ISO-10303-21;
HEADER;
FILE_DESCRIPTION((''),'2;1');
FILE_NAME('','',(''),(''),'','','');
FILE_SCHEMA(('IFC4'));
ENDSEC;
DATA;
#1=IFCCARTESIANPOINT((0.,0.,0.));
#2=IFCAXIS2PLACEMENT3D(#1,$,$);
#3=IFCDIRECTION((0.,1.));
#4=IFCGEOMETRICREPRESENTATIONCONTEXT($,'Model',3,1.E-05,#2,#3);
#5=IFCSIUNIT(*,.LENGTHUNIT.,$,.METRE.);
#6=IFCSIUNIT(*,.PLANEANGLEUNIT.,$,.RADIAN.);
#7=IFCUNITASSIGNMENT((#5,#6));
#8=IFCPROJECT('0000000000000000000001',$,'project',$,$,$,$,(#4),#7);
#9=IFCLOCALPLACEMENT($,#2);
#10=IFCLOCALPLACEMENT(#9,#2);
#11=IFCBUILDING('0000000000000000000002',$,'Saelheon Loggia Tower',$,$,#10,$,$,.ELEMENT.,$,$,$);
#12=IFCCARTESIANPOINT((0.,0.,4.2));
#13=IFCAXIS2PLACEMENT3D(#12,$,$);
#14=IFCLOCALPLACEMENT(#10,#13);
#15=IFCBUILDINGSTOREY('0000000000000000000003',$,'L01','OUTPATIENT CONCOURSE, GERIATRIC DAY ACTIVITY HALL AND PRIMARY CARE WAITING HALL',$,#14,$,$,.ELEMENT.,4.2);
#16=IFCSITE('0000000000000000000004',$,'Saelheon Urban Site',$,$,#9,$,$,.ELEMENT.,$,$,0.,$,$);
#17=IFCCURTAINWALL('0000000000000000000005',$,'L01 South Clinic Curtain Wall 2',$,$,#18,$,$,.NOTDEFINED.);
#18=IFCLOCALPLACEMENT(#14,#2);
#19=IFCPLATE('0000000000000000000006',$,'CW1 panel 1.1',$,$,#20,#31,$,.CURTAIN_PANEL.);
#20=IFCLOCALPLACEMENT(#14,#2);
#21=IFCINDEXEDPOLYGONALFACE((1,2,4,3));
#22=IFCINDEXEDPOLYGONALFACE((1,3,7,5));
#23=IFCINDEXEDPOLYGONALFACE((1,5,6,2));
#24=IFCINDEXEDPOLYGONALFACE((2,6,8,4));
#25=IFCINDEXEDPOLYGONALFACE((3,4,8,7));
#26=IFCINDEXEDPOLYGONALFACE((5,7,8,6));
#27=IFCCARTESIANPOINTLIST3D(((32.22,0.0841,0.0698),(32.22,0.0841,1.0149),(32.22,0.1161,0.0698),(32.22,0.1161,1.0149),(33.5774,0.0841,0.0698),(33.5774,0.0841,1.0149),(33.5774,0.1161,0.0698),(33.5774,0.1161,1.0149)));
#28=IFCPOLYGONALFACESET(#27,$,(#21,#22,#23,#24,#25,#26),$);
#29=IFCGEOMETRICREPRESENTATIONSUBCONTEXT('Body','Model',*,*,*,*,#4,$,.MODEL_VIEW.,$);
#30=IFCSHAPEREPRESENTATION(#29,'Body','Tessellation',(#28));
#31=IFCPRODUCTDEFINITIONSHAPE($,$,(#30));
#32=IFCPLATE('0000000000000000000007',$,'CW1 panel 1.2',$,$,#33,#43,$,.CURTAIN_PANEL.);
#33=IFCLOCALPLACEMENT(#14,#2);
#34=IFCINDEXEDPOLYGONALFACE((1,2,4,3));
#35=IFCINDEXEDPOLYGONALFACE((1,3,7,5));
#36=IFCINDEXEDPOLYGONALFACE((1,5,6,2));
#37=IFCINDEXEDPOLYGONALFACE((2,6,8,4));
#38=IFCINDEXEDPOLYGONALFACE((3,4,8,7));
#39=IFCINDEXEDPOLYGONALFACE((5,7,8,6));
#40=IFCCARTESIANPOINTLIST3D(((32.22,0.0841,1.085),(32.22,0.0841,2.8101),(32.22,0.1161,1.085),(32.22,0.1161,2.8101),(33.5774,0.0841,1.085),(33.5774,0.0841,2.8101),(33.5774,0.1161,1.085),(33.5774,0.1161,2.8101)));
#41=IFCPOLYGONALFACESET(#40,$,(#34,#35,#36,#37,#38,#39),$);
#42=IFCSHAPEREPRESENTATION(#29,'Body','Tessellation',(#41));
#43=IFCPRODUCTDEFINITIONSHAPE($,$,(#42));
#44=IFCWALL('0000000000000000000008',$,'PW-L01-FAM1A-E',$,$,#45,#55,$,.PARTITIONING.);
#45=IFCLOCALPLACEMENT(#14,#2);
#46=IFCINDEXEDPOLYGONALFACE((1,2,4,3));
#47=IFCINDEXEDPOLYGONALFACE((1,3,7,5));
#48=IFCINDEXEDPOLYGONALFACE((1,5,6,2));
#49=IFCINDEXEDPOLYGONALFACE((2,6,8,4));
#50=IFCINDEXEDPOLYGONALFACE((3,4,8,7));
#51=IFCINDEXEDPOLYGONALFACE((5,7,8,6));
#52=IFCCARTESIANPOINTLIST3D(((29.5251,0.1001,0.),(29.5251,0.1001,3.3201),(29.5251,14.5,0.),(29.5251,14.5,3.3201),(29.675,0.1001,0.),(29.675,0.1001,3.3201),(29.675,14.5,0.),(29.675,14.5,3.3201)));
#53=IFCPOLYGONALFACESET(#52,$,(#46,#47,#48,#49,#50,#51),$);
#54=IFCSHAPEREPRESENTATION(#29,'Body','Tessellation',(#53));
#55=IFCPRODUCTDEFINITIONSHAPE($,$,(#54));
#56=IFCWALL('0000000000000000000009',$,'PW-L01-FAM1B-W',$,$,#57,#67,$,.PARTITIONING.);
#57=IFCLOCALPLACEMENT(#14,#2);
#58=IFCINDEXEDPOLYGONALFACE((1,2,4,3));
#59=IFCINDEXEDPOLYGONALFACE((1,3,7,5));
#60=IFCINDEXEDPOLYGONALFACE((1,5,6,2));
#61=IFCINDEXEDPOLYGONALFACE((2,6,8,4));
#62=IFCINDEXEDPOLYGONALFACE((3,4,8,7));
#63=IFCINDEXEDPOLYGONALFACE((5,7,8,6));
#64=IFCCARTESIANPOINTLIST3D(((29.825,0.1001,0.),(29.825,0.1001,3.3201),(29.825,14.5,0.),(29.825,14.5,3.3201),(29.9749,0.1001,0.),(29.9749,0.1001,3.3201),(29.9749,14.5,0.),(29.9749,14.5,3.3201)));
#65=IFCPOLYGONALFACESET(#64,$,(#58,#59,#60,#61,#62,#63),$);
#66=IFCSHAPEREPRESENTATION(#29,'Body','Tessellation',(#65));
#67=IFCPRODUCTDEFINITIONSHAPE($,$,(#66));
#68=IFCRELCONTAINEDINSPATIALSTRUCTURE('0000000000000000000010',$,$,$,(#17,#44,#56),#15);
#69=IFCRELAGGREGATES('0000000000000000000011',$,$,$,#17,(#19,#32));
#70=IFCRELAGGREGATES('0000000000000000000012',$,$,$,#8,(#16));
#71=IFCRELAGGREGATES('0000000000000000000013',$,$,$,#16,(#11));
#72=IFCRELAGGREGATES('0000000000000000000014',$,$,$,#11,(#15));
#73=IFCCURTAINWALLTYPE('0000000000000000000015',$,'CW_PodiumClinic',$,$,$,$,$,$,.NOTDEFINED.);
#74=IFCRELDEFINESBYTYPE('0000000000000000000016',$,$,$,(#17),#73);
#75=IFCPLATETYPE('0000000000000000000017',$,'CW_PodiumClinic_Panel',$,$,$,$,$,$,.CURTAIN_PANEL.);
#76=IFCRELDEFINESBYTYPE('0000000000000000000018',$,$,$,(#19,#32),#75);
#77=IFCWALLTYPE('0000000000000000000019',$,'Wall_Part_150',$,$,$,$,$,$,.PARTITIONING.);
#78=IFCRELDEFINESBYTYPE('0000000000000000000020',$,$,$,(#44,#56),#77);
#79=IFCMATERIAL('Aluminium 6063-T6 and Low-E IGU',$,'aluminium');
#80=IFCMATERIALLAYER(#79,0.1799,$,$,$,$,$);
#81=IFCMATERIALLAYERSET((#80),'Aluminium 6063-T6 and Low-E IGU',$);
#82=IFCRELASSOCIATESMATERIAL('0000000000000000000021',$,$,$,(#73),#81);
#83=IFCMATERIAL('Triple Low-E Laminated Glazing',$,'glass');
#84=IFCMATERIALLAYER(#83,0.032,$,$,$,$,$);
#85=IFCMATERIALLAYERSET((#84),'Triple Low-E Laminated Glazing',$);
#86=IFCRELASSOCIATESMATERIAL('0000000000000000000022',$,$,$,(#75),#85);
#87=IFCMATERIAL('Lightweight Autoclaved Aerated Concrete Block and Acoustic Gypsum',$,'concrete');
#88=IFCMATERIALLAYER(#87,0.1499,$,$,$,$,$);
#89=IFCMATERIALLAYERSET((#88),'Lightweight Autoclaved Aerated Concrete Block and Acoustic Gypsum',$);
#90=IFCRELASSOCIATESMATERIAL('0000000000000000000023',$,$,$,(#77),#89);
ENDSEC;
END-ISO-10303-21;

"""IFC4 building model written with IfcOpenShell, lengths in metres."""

from ifc_helpers import new_model, si_unit, direction, frame, frame_2d, origin, origin_2d, place, context, subcontext, project, spatial, rectangle, extrude, source, transform, mapped, material, layer, layer_set, type_object, element, aggregate, save


model = new_model("IFC4")

# Units and contexts
model_context = context("Model", 3, precision=1e-05, world=origin(), true_north=direction((0.0, 1.0)))
body_context = subcontext(model_context, "Body", "Model", "MODEL_VIEW")
ifc_project = project(units=[si_unit("LENGTHUNIT", "METRE"), si_unit("PLANEANGLEUNIT", "RADIAN")], contexts=[model_context])

# Site, building, storey
site_placement = place(None, origin())
site = spatial("IfcSite", under=ifc_project, at=site_placement, Name="Saelheon Urban Site", CompositionType="ELEMENT", RefElevation=0.0)
building_placement = place(site_placement, origin())
building = spatial("IfcBuilding", under=site, at=building_placement, Name="Saelheon Loggia Tower", CompositionType="ELEMENT")
storey_placement = place(building_placement, frame((0.0, 0.0, 4.2)))
storey = spatial("IfcBuildingStorey", under=building, at=storey_placement, Name="L01", Description="OUTPATIENT CONCOURSE, GERIATRIC DAY ACTIVITY HALL AND PRIMARY CARE WAITING HALL", CompositionType="ELEMENT", Elevation=4.2)

# Curtain wall
ifc_material_1 = material(Name="Aluminium 6063-T6 and Low-E IGU", Category="aluminium")
ifc_layer_1 = layer(ifc_material_1, 0.1799)
ifc_layer_set_1 = layer_set([ifc_layer_1], Name="Aluminium 6063-T6 and Low-E IGU")
curtain_wall_type = type_object("IfcCurtainWallType", Name="CW_PodiumClinic", PredefinedType="NOTDEFINED", material=ifc_layer_set_1)
curtain_wall_1_placement = place(storey_placement, origin())
curtain_wall_1 = element("IfcCurtainWall", 1, at=curtain_wall_1_placement, inside=storey, type_object=curtain_wall_type, Name="L01 South Clinic Curtain Wall 2", PredefinedType="NOTDEFINED")

# Plates
ifc_material_2 = material(Name="Triple Low-E Laminated Glazing", Category="glass")
ifc_layer_2 = layer(ifc_material_2, 0.032)
ifc_layer_set_2 = layer_set([ifc_layer_2], Name="Triple Low-E Laminated Glazing")
plate_type = type_object("IfcPlateType", Name="CW_PodiumClinic_Panel", PredefinedType="CURTAIN_PANEL", material=ifc_layer_set_2)
shared_shape_1 = source(origin(), body_context, "Body", "SweptSolid", [
    extrude(rectangle(XDim=1.3574, YDim=0.032, at=origin_2d()), origin(), (0.0, 0.0, 1.0), 0.9451),
])
plate_1_placement = place(storey_placement, frame((32.8987, 0.1001, 0.0698), z_axis=(0.0, 0.0, 1.0), x_axis=(1.0, 0.0, 0.0)))
plate_1 = element("IfcPlate", 2, at=plate_1_placement, type_object=plate_type, Name="CW1 panel 1.1", PredefinedType="CURTAIN_PANEL", context=body_context, shape_type="MappedRepresentation", body=[
    mapped(shared_shape_1, transform((0.0, 0.0, 0.0), scale=1.0)),
])
shared_shape_2 = source(origin(), body_context, "Body", "SweptSolid", [
    extrude(rectangle(XDim=1.3574, YDim=0.032, at=origin_2d()), origin(), (0.0, 0.0, 1.0), 1.7251),
])
plate_2_placement = place(storey_placement, frame((32.8987, 0.1001, 1.085), z_axis=(0.0, 0.0, 1.0), x_axis=(1.0, 0.0, 0.0)))
plate_2 = element("IfcPlate", 3, at=plate_2_placement, type_object=plate_type, Name="CW1 panel 1.2", PredefinedType="CURTAIN_PANEL", context=body_context, shape_type="MappedRepresentation", body=[
    mapped(shared_shape_2, transform((0.0, 0.0, 0.0), scale=1.0)),
])
aggregate(curtain_wall_1, [plate_1, plate_2])

# Walls
ifc_material_3 = material(Name="Lightweight Autoclaved Aerated Concrete Block and Acoustic Gypsum", Category="concrete")
ifc_layer_3 = layer(ifc_material_3, 0.1499)
ifc_layer_set_3 = layer_set([ifc_layer_3], Name="Lightweight Autoclaved Aerated Concrete Block and Acoustic Gypsum")
wall_type = type_object("IfcWallType", Name="Wall_Part_150", PredefinedType="PARTITIONING", material=ifc_layer_set_3)
for number, where, z_axis, x_axis, name in (
    (4, (29.6001, 0.1001, 0.0), (0.0, 0.0, 1.0), (0.0, 1.0, 0.0), "PW-L01-FAM1A-E"),
    (5, (29.8999, 0.1001, 0.0), (0.0, 0.0, 1.0), (0.0, 1.0, 0.0), "PW-L01-FAM1B-W"),
):
    element("IfcWall", number, at=place(storey_placement, frame(where, z_axis=z_axis, x_axis=x_axis)), inside=storey, type_object=wall_type, Name=name, PredefinedType="PARTITIONING", context=body_context, shape_type="SweptSolid", body=[
        extrude(rectangle(XDim=14.3999, YDim=0.1499, at=frame_2d((7.2, 0.0))), origin(), (0.0, 0.0, 1.0), 3.3201),
    ])

save(model, "model.ifc")
